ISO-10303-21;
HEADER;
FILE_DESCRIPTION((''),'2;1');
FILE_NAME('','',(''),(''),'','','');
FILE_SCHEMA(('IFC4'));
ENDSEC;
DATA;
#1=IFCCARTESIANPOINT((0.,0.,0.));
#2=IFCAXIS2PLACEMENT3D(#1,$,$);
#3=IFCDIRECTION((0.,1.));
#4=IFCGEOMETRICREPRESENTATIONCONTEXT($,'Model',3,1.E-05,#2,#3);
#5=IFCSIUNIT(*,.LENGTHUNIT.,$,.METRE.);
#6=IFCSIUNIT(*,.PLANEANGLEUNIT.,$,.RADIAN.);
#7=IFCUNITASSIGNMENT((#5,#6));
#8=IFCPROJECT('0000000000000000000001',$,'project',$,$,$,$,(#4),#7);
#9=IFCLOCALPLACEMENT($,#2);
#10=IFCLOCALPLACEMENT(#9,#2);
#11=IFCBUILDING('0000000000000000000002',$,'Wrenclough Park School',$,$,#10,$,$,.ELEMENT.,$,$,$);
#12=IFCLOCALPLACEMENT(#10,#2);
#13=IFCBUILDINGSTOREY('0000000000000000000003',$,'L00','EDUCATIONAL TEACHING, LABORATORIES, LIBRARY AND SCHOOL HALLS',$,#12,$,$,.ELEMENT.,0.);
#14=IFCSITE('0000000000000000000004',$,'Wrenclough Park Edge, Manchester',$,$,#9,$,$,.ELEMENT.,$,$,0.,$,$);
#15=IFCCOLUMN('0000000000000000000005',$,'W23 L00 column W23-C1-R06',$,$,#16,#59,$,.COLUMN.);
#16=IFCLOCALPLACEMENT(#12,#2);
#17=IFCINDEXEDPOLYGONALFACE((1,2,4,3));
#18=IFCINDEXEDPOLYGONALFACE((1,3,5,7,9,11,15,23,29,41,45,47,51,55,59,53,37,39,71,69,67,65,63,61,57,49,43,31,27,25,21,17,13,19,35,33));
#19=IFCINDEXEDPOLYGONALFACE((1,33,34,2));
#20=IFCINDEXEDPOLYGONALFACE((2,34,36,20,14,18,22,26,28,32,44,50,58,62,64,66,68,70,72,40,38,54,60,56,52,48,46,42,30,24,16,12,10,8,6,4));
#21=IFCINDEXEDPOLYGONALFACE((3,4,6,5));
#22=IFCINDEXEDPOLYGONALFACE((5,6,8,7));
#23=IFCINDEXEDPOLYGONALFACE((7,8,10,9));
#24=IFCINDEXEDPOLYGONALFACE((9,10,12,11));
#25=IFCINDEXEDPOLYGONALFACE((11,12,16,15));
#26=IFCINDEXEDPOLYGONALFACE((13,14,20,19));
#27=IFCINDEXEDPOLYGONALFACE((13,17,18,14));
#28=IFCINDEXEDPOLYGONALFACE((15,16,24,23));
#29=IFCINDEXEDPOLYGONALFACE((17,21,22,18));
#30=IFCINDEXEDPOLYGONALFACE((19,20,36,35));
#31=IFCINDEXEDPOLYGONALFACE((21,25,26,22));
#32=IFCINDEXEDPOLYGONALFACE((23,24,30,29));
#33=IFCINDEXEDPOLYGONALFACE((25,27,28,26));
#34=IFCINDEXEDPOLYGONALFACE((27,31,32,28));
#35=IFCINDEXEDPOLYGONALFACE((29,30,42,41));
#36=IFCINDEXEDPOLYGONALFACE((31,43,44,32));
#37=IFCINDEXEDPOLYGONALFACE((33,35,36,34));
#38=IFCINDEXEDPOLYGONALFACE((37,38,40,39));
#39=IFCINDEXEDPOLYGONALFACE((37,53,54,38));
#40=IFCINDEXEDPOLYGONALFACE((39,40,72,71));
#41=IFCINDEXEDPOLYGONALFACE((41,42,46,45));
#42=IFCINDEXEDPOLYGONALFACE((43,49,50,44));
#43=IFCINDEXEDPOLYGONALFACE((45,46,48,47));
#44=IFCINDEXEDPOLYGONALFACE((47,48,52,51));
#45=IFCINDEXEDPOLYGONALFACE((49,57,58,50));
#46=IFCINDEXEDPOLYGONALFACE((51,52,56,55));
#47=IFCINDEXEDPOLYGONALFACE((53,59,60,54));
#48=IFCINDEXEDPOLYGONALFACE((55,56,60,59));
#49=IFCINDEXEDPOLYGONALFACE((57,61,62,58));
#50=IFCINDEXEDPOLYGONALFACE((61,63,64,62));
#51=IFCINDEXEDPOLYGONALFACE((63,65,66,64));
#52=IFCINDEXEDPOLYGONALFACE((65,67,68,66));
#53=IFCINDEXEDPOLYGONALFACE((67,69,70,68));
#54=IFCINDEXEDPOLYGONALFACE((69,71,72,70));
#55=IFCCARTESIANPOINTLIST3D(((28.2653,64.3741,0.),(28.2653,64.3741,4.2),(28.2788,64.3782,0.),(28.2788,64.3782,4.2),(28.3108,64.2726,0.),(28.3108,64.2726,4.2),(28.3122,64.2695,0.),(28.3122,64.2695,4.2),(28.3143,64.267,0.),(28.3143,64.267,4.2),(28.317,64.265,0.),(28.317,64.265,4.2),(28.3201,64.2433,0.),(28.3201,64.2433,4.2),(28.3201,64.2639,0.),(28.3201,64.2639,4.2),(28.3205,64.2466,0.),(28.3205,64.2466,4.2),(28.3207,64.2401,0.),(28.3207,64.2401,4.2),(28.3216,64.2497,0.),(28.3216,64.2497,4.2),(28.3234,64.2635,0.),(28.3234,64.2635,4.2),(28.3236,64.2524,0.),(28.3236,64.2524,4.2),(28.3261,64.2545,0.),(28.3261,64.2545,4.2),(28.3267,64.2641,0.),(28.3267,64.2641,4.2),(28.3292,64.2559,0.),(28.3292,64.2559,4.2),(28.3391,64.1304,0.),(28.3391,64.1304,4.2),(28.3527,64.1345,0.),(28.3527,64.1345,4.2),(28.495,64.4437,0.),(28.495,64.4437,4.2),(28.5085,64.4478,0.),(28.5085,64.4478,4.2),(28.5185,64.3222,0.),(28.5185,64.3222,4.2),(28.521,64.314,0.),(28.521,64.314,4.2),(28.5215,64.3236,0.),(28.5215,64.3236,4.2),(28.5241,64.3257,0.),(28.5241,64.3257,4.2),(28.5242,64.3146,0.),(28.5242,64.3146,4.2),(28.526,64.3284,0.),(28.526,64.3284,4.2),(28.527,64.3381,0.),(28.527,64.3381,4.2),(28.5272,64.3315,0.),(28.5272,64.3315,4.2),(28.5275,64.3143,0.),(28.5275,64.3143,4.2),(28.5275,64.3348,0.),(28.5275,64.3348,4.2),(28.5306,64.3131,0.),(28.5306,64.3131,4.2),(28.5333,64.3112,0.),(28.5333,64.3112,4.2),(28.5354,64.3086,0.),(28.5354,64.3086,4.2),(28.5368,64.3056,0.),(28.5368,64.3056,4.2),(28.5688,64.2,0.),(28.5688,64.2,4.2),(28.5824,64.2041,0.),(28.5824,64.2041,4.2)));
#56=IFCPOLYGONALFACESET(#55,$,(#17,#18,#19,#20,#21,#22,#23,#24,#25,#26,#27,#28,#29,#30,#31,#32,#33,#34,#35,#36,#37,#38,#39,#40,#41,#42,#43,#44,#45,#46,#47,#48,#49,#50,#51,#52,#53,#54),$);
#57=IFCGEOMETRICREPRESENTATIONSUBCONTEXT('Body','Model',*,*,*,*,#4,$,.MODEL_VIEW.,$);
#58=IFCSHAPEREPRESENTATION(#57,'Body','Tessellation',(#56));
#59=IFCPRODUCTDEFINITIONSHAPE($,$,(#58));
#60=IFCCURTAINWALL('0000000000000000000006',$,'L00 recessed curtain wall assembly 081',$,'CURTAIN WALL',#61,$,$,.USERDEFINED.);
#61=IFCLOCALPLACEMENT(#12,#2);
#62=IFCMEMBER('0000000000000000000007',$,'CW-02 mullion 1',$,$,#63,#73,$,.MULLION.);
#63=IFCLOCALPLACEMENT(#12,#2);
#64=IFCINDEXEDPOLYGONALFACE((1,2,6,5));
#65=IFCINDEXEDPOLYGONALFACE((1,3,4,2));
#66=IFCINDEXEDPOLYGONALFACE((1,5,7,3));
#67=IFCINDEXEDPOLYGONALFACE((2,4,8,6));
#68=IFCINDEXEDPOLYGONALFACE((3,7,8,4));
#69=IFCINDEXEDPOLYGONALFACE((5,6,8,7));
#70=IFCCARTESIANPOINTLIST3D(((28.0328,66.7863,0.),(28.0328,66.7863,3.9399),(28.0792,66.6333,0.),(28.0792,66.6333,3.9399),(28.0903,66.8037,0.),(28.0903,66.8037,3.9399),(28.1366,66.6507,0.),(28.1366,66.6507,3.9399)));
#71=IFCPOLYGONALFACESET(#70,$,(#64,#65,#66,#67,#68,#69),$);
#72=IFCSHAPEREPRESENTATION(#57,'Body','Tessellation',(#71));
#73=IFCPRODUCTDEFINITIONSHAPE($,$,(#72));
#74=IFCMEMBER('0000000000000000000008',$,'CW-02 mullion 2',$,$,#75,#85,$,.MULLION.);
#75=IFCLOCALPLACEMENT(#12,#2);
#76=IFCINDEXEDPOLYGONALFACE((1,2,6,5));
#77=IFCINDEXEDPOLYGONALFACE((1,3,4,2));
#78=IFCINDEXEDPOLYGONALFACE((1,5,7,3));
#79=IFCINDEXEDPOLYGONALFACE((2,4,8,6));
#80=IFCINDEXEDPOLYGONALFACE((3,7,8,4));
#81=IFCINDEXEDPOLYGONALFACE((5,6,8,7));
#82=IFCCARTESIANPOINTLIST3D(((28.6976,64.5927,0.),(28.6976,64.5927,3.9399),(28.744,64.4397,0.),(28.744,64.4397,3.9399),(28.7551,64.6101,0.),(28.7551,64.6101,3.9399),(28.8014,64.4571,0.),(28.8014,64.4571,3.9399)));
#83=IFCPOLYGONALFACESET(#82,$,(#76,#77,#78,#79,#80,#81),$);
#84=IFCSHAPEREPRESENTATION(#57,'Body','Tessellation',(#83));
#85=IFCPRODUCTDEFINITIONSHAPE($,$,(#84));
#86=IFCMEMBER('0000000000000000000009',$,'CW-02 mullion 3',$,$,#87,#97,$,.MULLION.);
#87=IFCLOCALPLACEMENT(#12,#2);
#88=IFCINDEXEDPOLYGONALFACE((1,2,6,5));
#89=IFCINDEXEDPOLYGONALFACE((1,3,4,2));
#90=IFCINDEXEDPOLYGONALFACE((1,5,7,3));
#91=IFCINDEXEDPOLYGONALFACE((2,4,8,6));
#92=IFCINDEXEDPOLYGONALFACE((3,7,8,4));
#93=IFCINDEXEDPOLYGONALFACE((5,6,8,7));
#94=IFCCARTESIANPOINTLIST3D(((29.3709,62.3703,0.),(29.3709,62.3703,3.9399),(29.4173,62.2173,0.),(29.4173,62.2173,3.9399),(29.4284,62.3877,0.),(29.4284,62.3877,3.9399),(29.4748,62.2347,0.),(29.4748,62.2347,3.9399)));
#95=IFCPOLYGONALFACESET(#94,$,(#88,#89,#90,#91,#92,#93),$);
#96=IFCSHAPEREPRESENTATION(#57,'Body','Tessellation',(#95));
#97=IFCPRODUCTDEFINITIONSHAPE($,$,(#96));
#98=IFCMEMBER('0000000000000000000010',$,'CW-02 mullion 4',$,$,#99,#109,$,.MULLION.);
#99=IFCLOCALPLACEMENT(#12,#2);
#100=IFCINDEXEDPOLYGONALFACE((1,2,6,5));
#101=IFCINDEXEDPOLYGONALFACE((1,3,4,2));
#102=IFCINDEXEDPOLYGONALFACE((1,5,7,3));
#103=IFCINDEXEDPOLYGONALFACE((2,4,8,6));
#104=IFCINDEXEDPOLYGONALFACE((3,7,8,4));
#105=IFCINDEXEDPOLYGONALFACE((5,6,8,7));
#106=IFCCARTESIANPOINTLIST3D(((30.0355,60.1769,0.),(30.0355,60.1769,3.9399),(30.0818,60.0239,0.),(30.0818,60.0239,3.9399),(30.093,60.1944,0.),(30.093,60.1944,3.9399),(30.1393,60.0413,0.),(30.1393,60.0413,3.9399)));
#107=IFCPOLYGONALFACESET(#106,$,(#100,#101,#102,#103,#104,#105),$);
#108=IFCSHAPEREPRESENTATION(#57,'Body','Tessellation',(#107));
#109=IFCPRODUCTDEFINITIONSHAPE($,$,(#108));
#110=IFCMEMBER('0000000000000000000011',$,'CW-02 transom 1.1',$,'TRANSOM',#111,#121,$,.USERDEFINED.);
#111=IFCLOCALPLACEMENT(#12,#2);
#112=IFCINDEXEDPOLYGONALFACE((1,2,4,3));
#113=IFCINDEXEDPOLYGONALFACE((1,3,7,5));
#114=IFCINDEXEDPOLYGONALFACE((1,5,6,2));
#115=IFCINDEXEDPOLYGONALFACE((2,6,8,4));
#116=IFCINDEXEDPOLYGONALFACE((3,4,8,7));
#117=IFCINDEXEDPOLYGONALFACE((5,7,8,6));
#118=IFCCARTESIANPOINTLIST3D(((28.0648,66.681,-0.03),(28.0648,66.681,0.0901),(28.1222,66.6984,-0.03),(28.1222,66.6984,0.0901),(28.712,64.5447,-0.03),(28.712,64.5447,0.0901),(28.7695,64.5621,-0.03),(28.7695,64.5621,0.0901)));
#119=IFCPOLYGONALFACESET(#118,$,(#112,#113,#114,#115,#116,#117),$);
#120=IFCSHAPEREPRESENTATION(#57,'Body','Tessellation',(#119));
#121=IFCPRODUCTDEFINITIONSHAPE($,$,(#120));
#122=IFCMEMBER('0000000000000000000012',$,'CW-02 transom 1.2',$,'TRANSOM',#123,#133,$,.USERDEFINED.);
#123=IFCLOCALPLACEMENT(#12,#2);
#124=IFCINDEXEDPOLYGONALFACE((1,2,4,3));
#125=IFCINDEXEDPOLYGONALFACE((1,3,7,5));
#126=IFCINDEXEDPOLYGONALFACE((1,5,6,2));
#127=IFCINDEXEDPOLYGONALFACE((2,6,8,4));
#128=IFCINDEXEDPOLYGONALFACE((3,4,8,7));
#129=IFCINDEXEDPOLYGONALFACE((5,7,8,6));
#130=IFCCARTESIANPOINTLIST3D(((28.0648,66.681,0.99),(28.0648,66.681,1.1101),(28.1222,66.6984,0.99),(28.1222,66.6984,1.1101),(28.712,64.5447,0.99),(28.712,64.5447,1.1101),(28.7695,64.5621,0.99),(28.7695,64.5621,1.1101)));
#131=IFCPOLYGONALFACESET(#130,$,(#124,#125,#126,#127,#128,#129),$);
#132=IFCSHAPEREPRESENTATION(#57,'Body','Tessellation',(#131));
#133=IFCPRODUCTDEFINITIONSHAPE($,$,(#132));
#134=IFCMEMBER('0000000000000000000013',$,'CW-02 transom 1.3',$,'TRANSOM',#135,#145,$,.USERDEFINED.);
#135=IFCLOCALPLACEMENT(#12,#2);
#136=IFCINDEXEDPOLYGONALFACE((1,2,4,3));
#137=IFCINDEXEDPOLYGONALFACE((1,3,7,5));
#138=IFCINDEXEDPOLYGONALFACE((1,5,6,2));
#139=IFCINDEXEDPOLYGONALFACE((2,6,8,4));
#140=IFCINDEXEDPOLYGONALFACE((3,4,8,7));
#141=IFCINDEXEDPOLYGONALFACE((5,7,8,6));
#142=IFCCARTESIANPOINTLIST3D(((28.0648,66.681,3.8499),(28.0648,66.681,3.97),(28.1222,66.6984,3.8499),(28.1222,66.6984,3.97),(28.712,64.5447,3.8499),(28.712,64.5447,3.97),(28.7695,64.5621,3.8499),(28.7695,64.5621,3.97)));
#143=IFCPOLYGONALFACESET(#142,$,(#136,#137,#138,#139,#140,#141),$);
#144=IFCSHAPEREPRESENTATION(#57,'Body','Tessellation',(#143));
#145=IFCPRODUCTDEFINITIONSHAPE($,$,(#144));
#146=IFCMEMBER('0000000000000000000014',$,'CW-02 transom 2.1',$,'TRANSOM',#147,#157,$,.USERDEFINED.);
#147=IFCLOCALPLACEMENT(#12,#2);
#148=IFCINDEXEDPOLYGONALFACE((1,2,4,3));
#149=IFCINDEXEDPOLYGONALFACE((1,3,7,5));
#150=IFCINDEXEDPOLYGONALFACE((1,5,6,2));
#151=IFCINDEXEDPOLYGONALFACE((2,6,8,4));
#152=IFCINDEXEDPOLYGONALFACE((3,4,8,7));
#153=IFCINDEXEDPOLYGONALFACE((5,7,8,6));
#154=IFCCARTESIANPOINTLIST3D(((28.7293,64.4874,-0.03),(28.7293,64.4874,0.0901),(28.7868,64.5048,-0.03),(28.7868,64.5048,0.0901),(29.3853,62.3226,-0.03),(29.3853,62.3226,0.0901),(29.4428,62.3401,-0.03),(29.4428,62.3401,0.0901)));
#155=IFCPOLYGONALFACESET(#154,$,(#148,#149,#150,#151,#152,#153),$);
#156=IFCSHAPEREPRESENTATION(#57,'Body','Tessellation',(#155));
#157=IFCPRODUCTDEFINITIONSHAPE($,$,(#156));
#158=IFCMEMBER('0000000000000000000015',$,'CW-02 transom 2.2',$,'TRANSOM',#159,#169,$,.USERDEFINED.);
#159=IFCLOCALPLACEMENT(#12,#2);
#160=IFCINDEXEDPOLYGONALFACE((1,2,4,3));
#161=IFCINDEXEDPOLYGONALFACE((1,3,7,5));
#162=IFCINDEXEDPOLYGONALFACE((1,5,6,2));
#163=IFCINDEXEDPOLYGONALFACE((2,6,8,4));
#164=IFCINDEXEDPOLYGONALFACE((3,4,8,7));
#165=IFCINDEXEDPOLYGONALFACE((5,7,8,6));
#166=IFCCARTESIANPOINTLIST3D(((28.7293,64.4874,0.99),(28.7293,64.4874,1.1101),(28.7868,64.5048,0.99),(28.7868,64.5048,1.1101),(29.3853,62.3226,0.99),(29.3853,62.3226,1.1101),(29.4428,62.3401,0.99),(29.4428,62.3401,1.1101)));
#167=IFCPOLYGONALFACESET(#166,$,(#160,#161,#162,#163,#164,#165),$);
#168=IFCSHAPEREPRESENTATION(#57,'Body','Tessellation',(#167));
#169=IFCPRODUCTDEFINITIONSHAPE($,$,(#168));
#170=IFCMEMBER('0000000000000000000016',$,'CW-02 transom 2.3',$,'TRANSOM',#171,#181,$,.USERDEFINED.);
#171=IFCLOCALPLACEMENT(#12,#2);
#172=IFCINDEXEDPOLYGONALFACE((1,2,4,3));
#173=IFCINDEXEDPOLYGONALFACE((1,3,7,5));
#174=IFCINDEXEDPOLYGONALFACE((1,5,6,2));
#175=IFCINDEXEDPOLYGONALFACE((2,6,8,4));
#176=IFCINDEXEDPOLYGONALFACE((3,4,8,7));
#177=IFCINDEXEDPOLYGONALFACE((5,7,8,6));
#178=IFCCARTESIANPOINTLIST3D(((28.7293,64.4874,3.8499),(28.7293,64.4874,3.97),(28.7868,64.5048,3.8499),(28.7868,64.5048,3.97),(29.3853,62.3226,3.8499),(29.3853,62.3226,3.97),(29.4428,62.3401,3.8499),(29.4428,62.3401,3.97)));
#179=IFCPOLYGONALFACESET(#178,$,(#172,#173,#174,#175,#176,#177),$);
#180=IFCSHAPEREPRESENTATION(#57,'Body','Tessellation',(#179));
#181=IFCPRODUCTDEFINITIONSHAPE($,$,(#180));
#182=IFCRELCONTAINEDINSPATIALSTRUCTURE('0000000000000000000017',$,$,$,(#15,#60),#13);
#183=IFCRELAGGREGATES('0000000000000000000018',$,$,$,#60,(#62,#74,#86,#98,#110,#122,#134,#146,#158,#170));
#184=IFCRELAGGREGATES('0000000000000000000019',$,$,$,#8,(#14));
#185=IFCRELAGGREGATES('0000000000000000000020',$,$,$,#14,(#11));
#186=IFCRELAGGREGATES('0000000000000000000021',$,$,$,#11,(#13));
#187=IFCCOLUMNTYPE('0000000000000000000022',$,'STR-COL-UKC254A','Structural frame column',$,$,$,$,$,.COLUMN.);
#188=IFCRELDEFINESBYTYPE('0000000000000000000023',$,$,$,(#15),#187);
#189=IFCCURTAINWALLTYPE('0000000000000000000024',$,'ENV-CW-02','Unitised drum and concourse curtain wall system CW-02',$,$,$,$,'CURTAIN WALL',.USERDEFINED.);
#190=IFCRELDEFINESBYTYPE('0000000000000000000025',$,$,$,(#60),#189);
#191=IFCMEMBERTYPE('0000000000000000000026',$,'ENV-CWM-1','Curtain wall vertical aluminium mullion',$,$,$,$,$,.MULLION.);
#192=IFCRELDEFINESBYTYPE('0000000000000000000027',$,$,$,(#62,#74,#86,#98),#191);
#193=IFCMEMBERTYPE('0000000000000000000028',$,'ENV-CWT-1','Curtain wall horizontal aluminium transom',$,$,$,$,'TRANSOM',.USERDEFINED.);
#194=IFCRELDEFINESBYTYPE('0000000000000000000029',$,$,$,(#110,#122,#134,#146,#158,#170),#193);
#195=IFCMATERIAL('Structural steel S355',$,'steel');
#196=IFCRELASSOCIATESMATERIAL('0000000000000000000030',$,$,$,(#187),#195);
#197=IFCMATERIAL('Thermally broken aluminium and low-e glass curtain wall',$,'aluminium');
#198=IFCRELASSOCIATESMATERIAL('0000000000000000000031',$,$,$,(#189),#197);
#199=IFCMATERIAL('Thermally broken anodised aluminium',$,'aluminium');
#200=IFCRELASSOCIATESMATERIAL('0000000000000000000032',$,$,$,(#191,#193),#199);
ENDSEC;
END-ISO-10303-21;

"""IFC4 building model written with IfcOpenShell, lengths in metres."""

from ifc_helpers import new_model, si_unit, direction, frame, origin, origin_2d, place, context, subcontext, project, spatial, rectangle, i_section, extrude, material, material_profile, profile_set, type_object, element, aggregate, save


model = new_model("IFC4")

# Units and contexts
model_context = context("Model", 3, precision=1e-05, world=origin(), true_north=direction((0.0, 1.0)))
body_context = subcontext(model_context, "Body", "Model", "MODEL_VIEW")
ifc_project = project(units=[si_unit("LENGTHUNIT", "METRE"), si_unit("PLANEANGLEUNIT", "RADIAN")], contexts=[model_context])

# Site, building, storey
site_placement = place(None, origin())
site = spatial("IfcSite", under=ifc_project, at=site_placement, Name="Wrenclough Park Edge, Manchester", CompositionType="ELEMENT", RefElevation=0.0)
building_placement = place(site_placement, origin())
building = spatial("IfcBuilding", under=site, at=building_placement, Name="Wrenclough Park School", CompositionType="ELEMENT")
storey_placement = place(building_placement, origin())
storey = spatial("IfcBuildingStorey", under=building, at=storey_placement, Name="L00", Description="EDUCATIONAL TEACHING, LABORATORIES, LIBRARY AND SCHOOL HALLS", CompositionType="ELEMENT", Elevation=0.0)

# Column
ifc_material_1 = material(Name="Structural steel S355", Category="steel")
ifc_material_profile_1 = material_profile(ifc_material_1, i_section(OverallWidth=0.2546, OverallDepth=0.2542, WebThickness=0.0085, FlangeThickness=0.0142, FilletRadius=0.0127, at=origin_2d()), Name="UKC 254x254x73")
ifc_profile_set_1 = profile_set([ifc_material_profile_1], Name="Structural steel S355")
column_type = type_object("IfcColumnType", Name="STR-COL-UKC254A", Description="Structural frame column", PredefinedType="COLUMN", material=ifc_profile_set_1)
for number, where, z_axis, x_axis, name in (
    (1, (28.4238, 64.2891, 0.0), (0.0, 0.0, 1.0), (-0.290034, 0.957016, 0.0), "W23 L00 column W23-C1-R06"),
):
    element("IfcColumn", number, at=place(storey_placement, frame(where, z_axis=z_axis, x_axis=x_axis)), inside=storey, type_object=column_type, Name=name, PredefinedType="COLUMN", context=body_context, shape_type="SweptSolid", body=[
        extrude(i_section(OverallWidth=0.2546, OverallDepth=0.2542, WebThickness=0.0085, FlangeThickness=0.0142, FilletRadius=0.0127, at=origin_2d()), origin(), (0.0, 0.0, 1.0), 4.2),
    ])

# Curtain wall, members
ifc_material_2 = material(Name="Thermally broken aluminium and low-e glass curtain wall", Category="aluminium")
curtain_wall_type = type_object("IfcCurtainWallType", Name="ENV-CW-02", Description="Unitised drum and concourse curtain wall system CW-02", ElementType="CURTAIN WALL", PredefinedType="USERDEFINED", material=ifc_material_2)
curtain_wall_placement = place(storey_placement, origin())
curtain_wall = element("IfcCurtainWall", 2, at=curtain_wall_placement, inside=storey, type_object=curtain_wall_type, Name="L00 recessed curtain wall assembly 081", ObjectType="CURTAIN WALL", PredefinedType="USERDEFINED")
ifc_material_3 = material(Name="Thermally broken anodised aluminium", Category="aluminium")
ifc_material_profile_2 = material_profile(ifc_material_3, rectangle(XDim=0.0601, YDim=0.1599, at=origin_2d()), Name="AL MULLION 60x160")
ifc_profile_set_2 = profile_set([ifc_material_profile_2], Name="Thermally broken anodised aluminium")
member_type_1 = type_object("IfcMemberType", Name="ENV-CWM-1", Description="Curtain wall vertical aluminium mullion", PredefinedType="MULLION", material=ifc_profile_set_2)
member_1_placement = place(storey_placement, frame((28.0847, 66.7185, 0.0), z_axis=(0.0, 0.0, 1.0), x_axis=(0.95703, 0.289989, 0.0)))
member_1 = element("IfcMember", 3, at=member_1_placement, type_object=member_type_1, Name="CW-02 mullion 1", PredefinedType="MULLION", context=body_context, shape_type="SweptSolid", body=[
    extrude(rectangle(XDim=0.0601, YDim=0.1599, at=origin_2d()), origin(), (0.0, 0.0, 1.0), 3.9399),
])
member_2_placement = place(storey_placement, frame((28.7495, 64.5249, 0.0), z_axis=(0.0, 0.0, 1.0), x_axis=(0.95703, 0.289989, 0.0)))
member_2 = element("IfcMember", 4, at=member_2_placement, type_object=member_type_1, Name="CW-02 mullion 2", PredefinedType="MULLION", context=body_context, shape_type="SweptSolid", body=[
    extrude(rectangle(XDim=0.0601, YDim=0.1599, at=origin_2d()), origin(), (0.0, 0.0, 1.0), 3.9399),
])
member_3_placement = place(storey_placement, frame((29.4229, 62.3025, 0.0), z_axis=(0.0, 0.0, 1.0), x_axis=(0.95703, 0.289989, 0.0)))
member_3 = element("IfcMember", 5, at=member_3_placement, type_object=member_type_1, Name="CW-02 mullion 3", PredefinedType="MULLION", context=body_context, shape_type="SweptSolid", body=[
    extrude(rectangle(XDim=0.0601, YDim=0.1599, at=origin_2d()), origin(), (0.0, 0.0, 1.0), 3.9399),
])
member_4_placement = place(storey_placement, frame((30.0874, 60.1091, 0.0), z_axis=(0.0, 0.0, 1.0), x_axis=(0.95703, 0.289989, 0.0)))
member_4 = element("IfcMember", 6, at=member_4_placement, type_object=member_type_1, Name="CW-02 mullion 4", PredefinedType="MULLION", context=body_context, shape_type="SweptSolid", body=[
    extrude(rectangle(XDim=0.0601, YDim=0.1599, at=origin_2d()), origin(), (0.0, 0.0, 1.0), 3.9399),
])
ifc_material_profile_3 = material_profile(ifc_material_3, rectangle(XDim=0.0601, YDim=0.1201, at=origin_2d()), Name="AL TRANSOM 60x120")
ifc_profile_set_3 = profile_set([ifc_material_profile_3], Name="Thermally broken anodised aluminium")
member_type_2 = type_object("IfcMemberType", Name="ENV-CWT-1", Description="Curtain wall horizontal aluminium transom", ElementType="TRANSOM", PredefinedType="USERDEFINED", material=ifc_profile_set_3)
member_5_placement = place(storey_placement, frame((28.0935, 66.6897, 0.03), z_axis=(0.289956, -0.95704, 0.0), x_axis=(0.95704, 0.289956, 0.0)))
member_5 = element("IfcMember", 7, at=member_5_placement, type_object=member_type_2, Name="CW-02 transom 1.1", ObjectType="TRANSOM", PredefinedType="USERDEFINED", context=body_context, shape_type="SweptSolid", body=[
    extrude(rectangle(XDim=0.0601, YDim=0.1201, at=origin_2d()), origin(), (0.0, 0.0, 1.0), 2.2322),
])
member_6_placement = place(storey_placement, frame((28.0935, 66.6897, 1.05), z_axis=(0.289956, -0.95704, 0.0), x_axis=(0.95704, 0.289956, 0.0)))
member_6 = element("IfcMember", 8, at=member_6_placement, type_object=member_type_2, Name="CW-02 transom 1.2", ObjectType="TRANSOM", PredefinedType="USERDEFINED", context=body_context, shape_type="SweptSolid", body=[
    extrude(rectangle(XDim=0.0601, YDim=0.1201, at=origin_2d()), origin(), (0.0, 0.0, 1.0), 2.2322),
])
member_7_placement = place(storey_placement, frame((28.0935, 66.6897, 3.9099), z_axis=(0.289956, -0.95704, 0.0), x_axis=(0.95704, 0.289956, 0.0)))
member_7 = element("IfcMember", 9, at=member_7_placement, type_object=member_type_2, Name="CW-02 transom 1.3", ObjectType="TRANSOM", PredefinedType="USERDEFINED", context=body_context, shape_type="SweptSolid", body=[
    extrude(rectangle(XDim=0.0601, YDim=0.1201, at=origin_2d()), origin(), (0.0, 0.0, 1.0), 2.2322),
])
member_8_placement = place(storey_placement, frame((28.7581, 64.4961, 0.03), z_axis=(0.29001, -0.957023, 0.0), x_axis=(0.957023, 0.29001, 0.0)))
member_8 = element("IfcMember", 10, at=member_8_placement, type_object=member_type_2, Name="CW-02 transom 2.1", ObjectType="TRANSOM", PredefinedType="USERDEFINED", context=body_context, shape_type="SweptSolid", body=[
    extrude(rectangle(XDim=0.0601, YDim=0.1201, at=origin_2d()), origin(), (0.0, 0.0, 1.0), 2.262),
])
member_9_placement = place(storey_placement, frame((28.7581, 64.4961, 1.05), z_axis=(0.29001, -0.957023, 0.0), x_axis=(0.957023, 0.29001, 0.0)))
member_9 = element("IfcMember", 11, at=member_9_placement, type_object=member_type_2, Name="CW-02 transom 2.2", ObjectType="TRANSOM", PredefinedType="USERDEFINED", context=body_context, shape_type="SweptSolid", body=[
    extrude(rectangle(XDim=0.0601, YDim=0.1201, at=origin_2d()), origin(), (0.0, 0.0, 1.0), 2.262),
])
member_10_placement = place(storey_placement, frame((28.7581, 64.4961, 3.9099), z_axis=(0.29001, -0.957023, 0.0), x_axis=(0.957023, 0.29001, 0.0)))
member_10 = element("IfcMember", 12, at=member_10_placement, type_object=member_type_2, Name="CW-02 transom 2.3", ObjectType="TRANSOM", PredefinedType="USERDEFINED", context=body_context, shape_type="SweptSolid", body=[
    extrude(rectangle(XDim=0.0601, YDim=0.1201, at=origin_2d()), origin(), (0.0, 0.0, 1.0), 2.262),
])

aggregate(curtain_wall, [member_1, member_2, member_3, member_4, member_5, member_6, member_7, member_8, member_9, member_10])

save(model, "model.ifc")
